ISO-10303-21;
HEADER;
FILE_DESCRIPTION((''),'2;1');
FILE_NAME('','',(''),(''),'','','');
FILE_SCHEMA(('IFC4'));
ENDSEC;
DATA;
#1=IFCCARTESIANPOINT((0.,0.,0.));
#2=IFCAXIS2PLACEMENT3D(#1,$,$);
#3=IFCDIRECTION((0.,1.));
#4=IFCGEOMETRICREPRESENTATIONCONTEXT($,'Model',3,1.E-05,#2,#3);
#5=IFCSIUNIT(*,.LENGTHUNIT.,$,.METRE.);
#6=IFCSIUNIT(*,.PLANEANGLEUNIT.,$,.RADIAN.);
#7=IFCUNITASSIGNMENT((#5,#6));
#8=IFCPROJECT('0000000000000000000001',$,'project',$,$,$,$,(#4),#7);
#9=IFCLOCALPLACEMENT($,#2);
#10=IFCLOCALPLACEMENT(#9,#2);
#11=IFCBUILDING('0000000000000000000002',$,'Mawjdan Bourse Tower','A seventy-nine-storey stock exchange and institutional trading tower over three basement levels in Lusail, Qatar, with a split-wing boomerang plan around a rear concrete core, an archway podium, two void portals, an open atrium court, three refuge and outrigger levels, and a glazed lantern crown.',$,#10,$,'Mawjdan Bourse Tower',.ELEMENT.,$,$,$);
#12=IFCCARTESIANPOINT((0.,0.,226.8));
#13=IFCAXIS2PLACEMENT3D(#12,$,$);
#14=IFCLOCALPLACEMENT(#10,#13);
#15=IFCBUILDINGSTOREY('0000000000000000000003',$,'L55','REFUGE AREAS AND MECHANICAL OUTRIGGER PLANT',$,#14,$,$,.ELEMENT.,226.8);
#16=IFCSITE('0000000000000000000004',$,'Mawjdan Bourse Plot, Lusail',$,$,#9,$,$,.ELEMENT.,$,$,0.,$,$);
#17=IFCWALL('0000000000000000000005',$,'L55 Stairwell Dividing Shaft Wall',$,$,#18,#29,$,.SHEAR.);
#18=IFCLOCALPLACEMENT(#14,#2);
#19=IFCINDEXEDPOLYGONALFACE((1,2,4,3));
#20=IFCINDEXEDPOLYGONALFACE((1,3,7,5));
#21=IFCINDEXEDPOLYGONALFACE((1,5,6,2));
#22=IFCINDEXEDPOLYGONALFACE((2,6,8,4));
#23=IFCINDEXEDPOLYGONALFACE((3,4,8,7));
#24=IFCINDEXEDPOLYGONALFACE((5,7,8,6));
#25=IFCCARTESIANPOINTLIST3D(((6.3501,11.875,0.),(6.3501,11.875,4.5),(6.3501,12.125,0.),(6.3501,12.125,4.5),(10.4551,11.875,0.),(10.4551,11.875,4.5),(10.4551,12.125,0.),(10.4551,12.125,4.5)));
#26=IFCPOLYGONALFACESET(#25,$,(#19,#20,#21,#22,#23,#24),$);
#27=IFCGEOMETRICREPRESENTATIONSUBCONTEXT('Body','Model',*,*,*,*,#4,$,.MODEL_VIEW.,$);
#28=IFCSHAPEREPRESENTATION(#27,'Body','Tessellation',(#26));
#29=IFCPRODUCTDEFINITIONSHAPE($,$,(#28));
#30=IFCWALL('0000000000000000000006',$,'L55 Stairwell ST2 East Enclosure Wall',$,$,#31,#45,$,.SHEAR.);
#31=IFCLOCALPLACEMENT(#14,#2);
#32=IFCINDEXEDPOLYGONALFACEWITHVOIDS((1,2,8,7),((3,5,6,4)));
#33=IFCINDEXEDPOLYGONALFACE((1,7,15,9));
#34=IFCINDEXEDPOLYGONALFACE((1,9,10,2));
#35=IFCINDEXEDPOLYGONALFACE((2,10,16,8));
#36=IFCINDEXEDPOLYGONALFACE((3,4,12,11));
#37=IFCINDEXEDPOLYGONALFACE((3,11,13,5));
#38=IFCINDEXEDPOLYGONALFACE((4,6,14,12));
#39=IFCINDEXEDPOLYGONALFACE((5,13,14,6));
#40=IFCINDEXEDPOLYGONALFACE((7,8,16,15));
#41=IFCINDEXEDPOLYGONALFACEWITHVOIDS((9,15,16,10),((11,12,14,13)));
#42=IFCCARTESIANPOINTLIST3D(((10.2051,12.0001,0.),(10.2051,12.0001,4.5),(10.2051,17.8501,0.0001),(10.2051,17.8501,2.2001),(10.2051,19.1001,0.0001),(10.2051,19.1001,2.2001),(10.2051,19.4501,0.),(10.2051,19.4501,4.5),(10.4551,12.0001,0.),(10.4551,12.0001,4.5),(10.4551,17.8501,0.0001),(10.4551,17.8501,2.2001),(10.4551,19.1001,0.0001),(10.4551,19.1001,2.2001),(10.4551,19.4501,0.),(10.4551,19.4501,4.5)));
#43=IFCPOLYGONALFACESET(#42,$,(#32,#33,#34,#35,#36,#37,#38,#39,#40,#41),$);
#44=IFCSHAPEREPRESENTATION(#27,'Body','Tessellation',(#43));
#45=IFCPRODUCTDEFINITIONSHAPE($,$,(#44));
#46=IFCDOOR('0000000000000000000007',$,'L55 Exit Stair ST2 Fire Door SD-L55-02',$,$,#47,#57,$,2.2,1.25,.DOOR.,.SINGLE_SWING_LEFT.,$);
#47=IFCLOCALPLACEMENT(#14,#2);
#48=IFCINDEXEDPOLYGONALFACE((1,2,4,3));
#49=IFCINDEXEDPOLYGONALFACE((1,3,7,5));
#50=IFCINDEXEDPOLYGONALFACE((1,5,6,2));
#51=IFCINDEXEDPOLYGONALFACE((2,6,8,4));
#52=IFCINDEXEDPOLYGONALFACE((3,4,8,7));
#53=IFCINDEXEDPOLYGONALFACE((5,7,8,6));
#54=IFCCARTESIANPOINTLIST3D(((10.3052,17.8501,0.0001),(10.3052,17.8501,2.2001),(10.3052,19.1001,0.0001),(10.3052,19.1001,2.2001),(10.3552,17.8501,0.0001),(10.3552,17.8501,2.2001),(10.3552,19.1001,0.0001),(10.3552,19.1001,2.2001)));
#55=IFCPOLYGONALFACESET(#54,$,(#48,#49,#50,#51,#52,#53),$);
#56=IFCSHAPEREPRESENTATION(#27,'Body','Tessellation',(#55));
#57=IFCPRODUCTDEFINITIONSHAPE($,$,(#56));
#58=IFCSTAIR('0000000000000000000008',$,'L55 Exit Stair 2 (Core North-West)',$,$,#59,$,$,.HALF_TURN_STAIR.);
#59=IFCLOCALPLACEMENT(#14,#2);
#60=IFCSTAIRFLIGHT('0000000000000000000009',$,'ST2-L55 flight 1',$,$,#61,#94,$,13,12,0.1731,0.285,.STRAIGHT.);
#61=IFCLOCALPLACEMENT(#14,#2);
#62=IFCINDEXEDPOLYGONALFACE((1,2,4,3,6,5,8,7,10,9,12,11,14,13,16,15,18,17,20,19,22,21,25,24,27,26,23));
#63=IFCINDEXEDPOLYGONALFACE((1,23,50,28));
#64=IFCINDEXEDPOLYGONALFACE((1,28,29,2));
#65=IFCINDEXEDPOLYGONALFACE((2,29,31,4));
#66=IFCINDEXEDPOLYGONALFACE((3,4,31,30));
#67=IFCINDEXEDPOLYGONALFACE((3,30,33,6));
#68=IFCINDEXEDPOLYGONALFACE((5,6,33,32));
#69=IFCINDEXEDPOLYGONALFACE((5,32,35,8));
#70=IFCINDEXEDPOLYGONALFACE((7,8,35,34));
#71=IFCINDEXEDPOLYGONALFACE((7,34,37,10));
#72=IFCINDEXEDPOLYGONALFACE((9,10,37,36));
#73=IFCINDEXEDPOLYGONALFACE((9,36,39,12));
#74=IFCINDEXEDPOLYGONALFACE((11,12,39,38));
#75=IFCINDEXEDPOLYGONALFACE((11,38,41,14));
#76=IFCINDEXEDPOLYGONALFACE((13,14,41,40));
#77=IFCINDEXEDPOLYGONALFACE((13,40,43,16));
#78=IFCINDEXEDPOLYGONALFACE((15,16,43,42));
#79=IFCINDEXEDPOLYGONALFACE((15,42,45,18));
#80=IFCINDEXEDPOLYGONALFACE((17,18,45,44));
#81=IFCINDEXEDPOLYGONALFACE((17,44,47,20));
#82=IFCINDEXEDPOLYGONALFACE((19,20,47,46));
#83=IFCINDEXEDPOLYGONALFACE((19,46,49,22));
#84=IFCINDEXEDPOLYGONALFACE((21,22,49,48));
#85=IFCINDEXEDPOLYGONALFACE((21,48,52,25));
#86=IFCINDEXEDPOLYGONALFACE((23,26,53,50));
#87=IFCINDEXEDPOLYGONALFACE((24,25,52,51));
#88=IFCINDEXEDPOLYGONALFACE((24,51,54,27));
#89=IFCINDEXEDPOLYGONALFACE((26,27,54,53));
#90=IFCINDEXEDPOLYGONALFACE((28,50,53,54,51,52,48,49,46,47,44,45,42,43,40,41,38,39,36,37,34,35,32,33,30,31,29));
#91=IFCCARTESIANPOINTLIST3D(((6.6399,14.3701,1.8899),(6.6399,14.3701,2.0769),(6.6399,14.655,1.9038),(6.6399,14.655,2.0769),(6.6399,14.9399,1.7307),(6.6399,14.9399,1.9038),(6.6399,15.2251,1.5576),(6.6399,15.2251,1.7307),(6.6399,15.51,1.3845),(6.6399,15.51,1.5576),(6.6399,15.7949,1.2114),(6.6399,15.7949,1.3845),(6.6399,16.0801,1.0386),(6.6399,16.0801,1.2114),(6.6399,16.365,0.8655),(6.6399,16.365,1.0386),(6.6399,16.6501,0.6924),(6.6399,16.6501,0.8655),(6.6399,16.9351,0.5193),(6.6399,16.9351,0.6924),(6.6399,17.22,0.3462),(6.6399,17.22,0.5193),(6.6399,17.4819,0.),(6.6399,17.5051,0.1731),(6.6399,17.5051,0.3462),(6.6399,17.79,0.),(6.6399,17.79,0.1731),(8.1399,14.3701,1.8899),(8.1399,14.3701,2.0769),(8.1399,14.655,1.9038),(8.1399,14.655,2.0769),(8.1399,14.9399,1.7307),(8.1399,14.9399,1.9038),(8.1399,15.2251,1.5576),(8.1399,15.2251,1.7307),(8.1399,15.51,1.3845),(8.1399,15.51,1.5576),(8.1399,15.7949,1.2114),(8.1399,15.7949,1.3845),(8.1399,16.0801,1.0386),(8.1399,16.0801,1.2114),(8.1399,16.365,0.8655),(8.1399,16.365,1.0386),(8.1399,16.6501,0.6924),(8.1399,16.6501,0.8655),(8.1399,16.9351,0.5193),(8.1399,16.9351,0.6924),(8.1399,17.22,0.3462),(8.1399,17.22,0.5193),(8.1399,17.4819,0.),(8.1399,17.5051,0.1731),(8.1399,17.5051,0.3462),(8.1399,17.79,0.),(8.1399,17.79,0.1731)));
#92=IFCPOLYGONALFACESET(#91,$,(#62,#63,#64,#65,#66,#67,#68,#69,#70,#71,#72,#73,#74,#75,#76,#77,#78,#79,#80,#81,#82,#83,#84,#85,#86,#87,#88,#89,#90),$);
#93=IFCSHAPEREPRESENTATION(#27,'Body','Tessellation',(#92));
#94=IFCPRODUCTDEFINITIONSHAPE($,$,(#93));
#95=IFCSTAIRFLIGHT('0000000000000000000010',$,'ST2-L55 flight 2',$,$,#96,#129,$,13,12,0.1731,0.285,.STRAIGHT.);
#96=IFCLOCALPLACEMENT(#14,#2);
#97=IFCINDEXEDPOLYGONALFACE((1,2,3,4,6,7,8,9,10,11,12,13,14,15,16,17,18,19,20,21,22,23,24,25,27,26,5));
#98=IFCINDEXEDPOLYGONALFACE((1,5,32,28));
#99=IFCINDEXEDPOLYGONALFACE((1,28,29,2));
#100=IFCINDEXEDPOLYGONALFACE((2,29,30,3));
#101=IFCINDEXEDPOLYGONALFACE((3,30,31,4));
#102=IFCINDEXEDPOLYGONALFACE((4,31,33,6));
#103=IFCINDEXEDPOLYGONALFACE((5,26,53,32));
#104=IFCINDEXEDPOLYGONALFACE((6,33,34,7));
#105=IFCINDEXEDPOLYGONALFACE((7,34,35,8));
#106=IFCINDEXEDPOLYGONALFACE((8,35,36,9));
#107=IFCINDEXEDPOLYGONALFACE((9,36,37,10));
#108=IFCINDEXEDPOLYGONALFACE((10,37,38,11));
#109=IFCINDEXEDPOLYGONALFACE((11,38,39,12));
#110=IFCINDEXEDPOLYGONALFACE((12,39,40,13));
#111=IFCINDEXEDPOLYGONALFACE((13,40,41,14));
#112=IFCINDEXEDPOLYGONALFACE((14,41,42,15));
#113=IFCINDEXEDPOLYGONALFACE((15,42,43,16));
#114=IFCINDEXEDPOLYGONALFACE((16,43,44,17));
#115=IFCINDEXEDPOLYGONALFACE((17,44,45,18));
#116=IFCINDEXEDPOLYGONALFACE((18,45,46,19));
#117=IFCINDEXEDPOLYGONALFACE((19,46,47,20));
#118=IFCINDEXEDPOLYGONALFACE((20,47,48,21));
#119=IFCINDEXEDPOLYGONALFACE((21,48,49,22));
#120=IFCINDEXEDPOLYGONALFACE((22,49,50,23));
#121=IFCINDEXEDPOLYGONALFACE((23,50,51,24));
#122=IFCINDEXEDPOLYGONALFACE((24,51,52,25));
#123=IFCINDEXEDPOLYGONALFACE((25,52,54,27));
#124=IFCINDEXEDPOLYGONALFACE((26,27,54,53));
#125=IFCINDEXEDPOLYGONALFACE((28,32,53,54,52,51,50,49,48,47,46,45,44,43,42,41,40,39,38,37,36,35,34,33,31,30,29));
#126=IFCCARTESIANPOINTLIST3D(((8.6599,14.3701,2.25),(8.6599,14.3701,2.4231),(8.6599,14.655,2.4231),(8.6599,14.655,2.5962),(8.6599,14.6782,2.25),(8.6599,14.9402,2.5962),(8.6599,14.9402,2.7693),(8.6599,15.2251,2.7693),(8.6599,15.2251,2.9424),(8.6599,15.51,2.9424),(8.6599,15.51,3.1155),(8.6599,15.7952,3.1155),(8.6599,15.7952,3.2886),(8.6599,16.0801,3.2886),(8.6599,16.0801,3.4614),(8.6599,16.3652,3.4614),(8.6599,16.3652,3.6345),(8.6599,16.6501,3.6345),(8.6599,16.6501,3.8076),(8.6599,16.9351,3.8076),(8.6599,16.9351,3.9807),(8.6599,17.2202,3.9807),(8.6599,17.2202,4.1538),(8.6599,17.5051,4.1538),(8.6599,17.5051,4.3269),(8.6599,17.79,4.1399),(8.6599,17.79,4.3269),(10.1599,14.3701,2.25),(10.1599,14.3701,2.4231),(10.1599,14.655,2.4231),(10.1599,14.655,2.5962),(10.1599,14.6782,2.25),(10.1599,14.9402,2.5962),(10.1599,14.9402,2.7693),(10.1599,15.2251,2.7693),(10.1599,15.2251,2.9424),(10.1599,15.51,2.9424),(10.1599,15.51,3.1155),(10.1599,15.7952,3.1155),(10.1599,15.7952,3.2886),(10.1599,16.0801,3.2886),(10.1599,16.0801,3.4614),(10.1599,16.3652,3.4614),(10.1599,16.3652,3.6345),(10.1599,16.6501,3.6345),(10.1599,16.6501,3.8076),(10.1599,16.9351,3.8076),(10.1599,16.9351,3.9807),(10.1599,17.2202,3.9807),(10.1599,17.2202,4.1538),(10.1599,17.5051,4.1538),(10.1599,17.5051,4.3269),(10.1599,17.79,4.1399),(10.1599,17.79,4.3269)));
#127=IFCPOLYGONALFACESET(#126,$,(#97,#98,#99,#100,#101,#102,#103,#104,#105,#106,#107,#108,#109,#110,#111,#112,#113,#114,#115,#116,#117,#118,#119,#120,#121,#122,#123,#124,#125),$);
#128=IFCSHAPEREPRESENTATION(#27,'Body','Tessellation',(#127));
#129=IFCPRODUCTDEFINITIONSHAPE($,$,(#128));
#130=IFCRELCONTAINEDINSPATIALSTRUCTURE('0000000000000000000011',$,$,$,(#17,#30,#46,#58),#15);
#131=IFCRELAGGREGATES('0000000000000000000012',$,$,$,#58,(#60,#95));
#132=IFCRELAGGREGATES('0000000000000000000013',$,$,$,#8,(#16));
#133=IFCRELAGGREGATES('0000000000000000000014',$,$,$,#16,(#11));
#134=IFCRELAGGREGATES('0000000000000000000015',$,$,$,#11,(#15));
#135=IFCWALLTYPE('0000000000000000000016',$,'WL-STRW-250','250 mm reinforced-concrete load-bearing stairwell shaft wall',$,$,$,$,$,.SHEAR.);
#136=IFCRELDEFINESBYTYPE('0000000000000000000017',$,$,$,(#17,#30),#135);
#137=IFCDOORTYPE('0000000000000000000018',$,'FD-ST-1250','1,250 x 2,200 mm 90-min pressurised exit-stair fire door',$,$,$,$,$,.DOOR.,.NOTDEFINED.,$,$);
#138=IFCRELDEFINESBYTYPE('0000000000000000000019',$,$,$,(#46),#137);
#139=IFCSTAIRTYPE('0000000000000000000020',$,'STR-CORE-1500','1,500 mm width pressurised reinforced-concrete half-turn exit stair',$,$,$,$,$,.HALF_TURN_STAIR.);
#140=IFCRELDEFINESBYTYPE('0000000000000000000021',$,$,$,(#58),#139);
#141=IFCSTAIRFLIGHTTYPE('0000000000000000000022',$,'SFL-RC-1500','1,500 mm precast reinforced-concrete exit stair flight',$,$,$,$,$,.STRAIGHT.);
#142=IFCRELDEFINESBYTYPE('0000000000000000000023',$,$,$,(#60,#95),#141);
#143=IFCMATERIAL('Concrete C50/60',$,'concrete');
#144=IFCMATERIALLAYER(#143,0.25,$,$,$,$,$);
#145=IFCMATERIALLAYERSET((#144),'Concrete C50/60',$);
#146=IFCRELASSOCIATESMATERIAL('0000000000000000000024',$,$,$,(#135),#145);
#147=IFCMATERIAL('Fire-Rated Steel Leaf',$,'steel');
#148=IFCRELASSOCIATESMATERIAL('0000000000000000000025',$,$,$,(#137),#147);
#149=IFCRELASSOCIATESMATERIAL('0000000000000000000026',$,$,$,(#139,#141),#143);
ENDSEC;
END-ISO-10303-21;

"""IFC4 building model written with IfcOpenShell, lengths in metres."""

from ifc_helpers import new_model, si_unit, direction, frame, frame_2d, origin, place, context, subcontext, project, spatial, polyline, rectangle, outline, extrude, material, layer, layer_set, type_object, element, fill, aggregate, save


model = new_model("IFC4")

# Units and contexts
model_context = context("Model", 3, precision=1e-05, world=origin(), true_north=direction((0.0, 1.0)))
body_context = subcontext(model_context, "Body", "Model", "MODEL_VIEW")
ifc_project = project(units=[si_unit("LENGTHUNIT", "METRE"), si_unit("PLANEANGLEUNIT", "RADIAN")], contexts=[model_context])

# Site, building, storey
site_placement = place(None, origin())
site = spatial("IfcSite", under=ifc_project, at=site_placement, Name="Mawjdan Bourse Plot, Lusail", CompositionType="ELEMENT", RefElevation=0.0)
building_placement = place(site_placement, origin())
building = spatial("IfcBuilding", under=site, at=building_placement, Name="Mawjdan Bourse Tower", Description="A seventy-nine-storey stock exchange and institutional trading tower over three basement levels in Lusail, Qatar, with a split-wing boomerang plan around a rear concrete core, an archway podium, two void portals, an open atrium court, three refuge and outrigger levels, and a glazed lantern crown.", LongName="Mawjdan Bourse Tower", CompositionType="ELEMENT")
storey_placement = place(building_placement, frame((0.0, 0.0, 226.8)))
storey = spatial("IfcBuildingStorey", under=building, at=storey_placement, Name="L55", Description="REFUGE AREAS AND MECHANICAL OUTRIGGER PLANT", CompositionType="ELEMENT", Elevation=226.8)

# Shared definitions
ifc_material_1 = material(Name="Concrete C50/60", Category="concrete")

# Wall
ifc_layer_1 = layer(ifc_material_1, 0.25)
ifc_layer_set_1 = layer_set([ifc_layer_1], Name="Concrete C50/60")
wall_type_1 = type_object("IfcWallType", Name="WL-STRW-250", Description="250 mm reinforced-concrete load-bearing stairwell shaft wall", PredefinedType="SHEAR", material=ifc_layer_set_1)
wall_1_placement = place(storey_placement, frame((6.3501, 12.0, 0.0), z_axis=(0.0, 0.0, 1.0), x_axis=(1.0, 0.0, 0.0)))
element("IfcWall", 1, at=wall_1_placement, inside=storey, type_object=wall_type_1, Name="L55 Stairwell Dividing Shaft Wall", PredefinedType="SHEAR", context=body_context, shape_type="SweptSolid", body=[
    extrude(rectangle(XDim=4.105, YDim=0.25, at=frame_2d((2.0525, 0.0))), origin(), (0.0, 0.0, 1.0), 4.5),
])

# Wall, opening, door
wall_2_placement = place(storey_placement, frame((10.3301, 12.0, 0.0), z_axis=(0.0, 0.0, 1.0), x_axis=(0.0, 1.0, 0.0)))
wall_2 = element("IfcWall", 2, at=wall_2_placement, inside=storey, type_object=wall_type_1, Name="L55 Stairwell ST2 East Enclosure Wall", PredefinedType="SHEAR", context=body_context, shape_type="SweptSolid", body=[
    extrude(rectangle(XDim=7.45, YDim=0.25, at=frame_2d((3.7251, 0.0))), origin(), (0.0, 0.0, 1.0), 4.5),
])
opening_1_placement = place(wall_2_placement, frame((5.8501, 0.0, 0.0)))
opening_1 = element("IfcOpeningElement", 3, at=opening_1_placement, cuts=wall_2, PredefinedType="OPENING", context=body_context, shape_type="SweptSolid", body=[
    extrude(rectangle(XDim=1.25, YDim=2.2, at=frame_2d((0.625, 1.1001))), frame((0.0, 0.135, 0.0), z_axis=(0.0, -1.0, 0.0), x_axis=(1.0, 0.0, 0.0)), (0.0, 0.0, 1.0), 0.27),
])
ifc_material_2 = material(Name="Fire-Rated Steel Leaf", Category="steel")
door_type_1 = type_object("IfcDoorType", Name="FD-ST-1250", Description="1,250 x 2,200 mm 90-min pressurised exit-stair fire door", OperationType="NOTDEFINED", PredefinedType="DOOR", material=ifc_material_2)
door_1_placement = place(opening_1_placement, origin())
door_1 = element("IfcDoor", 4, at=door_1_placement, inside=storey, type_object=door_type_1, Name="L55 Exit Stair ST2 Fire Door SD-L55-02", OperationType="SINGLE_SWING_LEFT", OverallHeight=2.2, OverallWidth=1.25, PredefinedType="DOOR", context=body_context, shape_type="SweptSolid", body=[
    extrude(rectangle(XDim=1.25, YDim=2.2, at=frame_2d((0.625, 1.1001))), frame((0.0, 0.0249, 0.0), z_axis=(0.0, -1.0, 0.0), x_axis=(1.0, 0.0, 0.0)), (0.0, 0.0, 1.0), 0.05),
])
fill(opening_1, door_1)

# Stair, stair flights
stair_type = type_object("IfcStairType", Name="STR-CORE-1500", Description="1,500 mm width pressurised reinforced-concrete half-turn exit stair", PredefinedType="HALF_TURN_STAIR", material=ifc_material_1)
stair_placement = place(storey_placement, origin())
stair = element("IfcStair", 5, at=stair_placement, inside=storey, type_object=stair_type, Name="L55 Exit Stair 2 (Core North-West)", PredefinedType="HALF_TURN_STAIR")
stair_flight_type = type_object("IfcStairFlightType", Name="SFL-RC-1500", Description="1,500 mm precast reinforced-concrete exit stair flight", PredefinedType="STRAIGHT", material=ifc_material_1)
stair_flight_1_placement = place(storey_placement, frame((7.3899, 17.79, 0.0), z_axis=(0.0, 0.0, 1.0), x_axis=(0.0, -1.0, 0.0)))
stair_flight_1 = element("IfcStairFlight", 6, at=stair_flight_1_placement, type_object=stair_flight_type, Name="ST2-L55 flight 1", NumberOfRisers=13, NumberOfTreads=12, PredefinedType="STRAIGHT", RiserHeight=0.1731, TreadLength=0.285, context=body_context, shape_type="SweptSolid", body=[
    extrude(outline(polyline([(0.0, 0.0), (0.0, 0.1731), (0.2849, 0.1731), (0.2849, 0.3462), (0.5701, 0.3462), (0.5701, 0.5193), (0.855, 0.5193), (0.855, 0.6924), (1.1399, 0.6924), (1.1399, 0.8655), (1.425, 0.8655), (1.425, 1.0386), (1.71, 1.0386), (1.71, 1.2114), (1.9951, 1.2114), (1.9951, 1.3845), (2.28, 1.3845), (2.28, 1.5576), (2.5649, 1.5576), (2.5649, 1.7307), (2.8501, 1.7307), (2.8501, 1.9038), (3.135, 1.9038), (3.135, 2.0769), (3.4199, 2.0769), (3.4199, 2.25), (3.4199, 1.8899), (0.3081, 0.0), (0.0, 0.0)])), frame((0.0, 0.75, 0.0), z_axis=(0.0, -1.0, 0.0), x_axis=(1.0, 0.0, 0.0)), (0.0, 0.0, 1.0), 1.5),
])
stair_flight_2_placement = place(storey_placement, frame((9.4099, 14.3701, 2.25), z_axis=(0.0, 0.0, 1.0), x_axis=(0.0, 1.0, 0.0)))
stair_flight_2 = element("IfcStairFlight", 7, at=stair_flight_2_placement, type_object=stair_flight_type, Name="ST2-L55 flight 2", NumberOfRisers=13, NumberOfTreads=12, PredefinedType="STRAIGHT", RiserHeight=0.1731, TreadLength=0.285, context=body_context, shape_type="SweptSolid", body=[
    extrude(outline(polyline([(0.0, 0.0), (0.0, 0.1731), (0.2849, 0.1731), (0.2849, 0.3462), (0.5701, 0.3462), (0.5701, 0.5193), (0.855, 0.5193), (0.855, 0.6924), (1.1399, 0.6924), (1.1399, 0.8655), (1.425, 0.8655), (1.425, 1.0386), (1.71, 1.0386), (1.71, 1.2114), (1.9951, 1.2114), (1.9951, 1.3845), (2.28, 1.3845), (2.28, 1.5576), (2.5649, 1.5576), (2.5649, 1.7307), (2.8501, 1.7307), (2.8501, 1.9038), (3.135, 1.9038), (3.135, 2.0769), (3.4199, 2.0769), (3.4199, 2.25), (3.4199, 1.8899), (0.3081, 0.0), (0.0, 0.0)])), frame((0.0, 0.75, 0.0), z_axis=(0.0, -1.0, 0.0), x_axis=(1.0, 0.0, 0.0)), (0.0, 0.0, 1.0), 1.5),
])
aggregate(stair, [stair_flight_1, stair_flight_2])

save(model, "model.ifc")
